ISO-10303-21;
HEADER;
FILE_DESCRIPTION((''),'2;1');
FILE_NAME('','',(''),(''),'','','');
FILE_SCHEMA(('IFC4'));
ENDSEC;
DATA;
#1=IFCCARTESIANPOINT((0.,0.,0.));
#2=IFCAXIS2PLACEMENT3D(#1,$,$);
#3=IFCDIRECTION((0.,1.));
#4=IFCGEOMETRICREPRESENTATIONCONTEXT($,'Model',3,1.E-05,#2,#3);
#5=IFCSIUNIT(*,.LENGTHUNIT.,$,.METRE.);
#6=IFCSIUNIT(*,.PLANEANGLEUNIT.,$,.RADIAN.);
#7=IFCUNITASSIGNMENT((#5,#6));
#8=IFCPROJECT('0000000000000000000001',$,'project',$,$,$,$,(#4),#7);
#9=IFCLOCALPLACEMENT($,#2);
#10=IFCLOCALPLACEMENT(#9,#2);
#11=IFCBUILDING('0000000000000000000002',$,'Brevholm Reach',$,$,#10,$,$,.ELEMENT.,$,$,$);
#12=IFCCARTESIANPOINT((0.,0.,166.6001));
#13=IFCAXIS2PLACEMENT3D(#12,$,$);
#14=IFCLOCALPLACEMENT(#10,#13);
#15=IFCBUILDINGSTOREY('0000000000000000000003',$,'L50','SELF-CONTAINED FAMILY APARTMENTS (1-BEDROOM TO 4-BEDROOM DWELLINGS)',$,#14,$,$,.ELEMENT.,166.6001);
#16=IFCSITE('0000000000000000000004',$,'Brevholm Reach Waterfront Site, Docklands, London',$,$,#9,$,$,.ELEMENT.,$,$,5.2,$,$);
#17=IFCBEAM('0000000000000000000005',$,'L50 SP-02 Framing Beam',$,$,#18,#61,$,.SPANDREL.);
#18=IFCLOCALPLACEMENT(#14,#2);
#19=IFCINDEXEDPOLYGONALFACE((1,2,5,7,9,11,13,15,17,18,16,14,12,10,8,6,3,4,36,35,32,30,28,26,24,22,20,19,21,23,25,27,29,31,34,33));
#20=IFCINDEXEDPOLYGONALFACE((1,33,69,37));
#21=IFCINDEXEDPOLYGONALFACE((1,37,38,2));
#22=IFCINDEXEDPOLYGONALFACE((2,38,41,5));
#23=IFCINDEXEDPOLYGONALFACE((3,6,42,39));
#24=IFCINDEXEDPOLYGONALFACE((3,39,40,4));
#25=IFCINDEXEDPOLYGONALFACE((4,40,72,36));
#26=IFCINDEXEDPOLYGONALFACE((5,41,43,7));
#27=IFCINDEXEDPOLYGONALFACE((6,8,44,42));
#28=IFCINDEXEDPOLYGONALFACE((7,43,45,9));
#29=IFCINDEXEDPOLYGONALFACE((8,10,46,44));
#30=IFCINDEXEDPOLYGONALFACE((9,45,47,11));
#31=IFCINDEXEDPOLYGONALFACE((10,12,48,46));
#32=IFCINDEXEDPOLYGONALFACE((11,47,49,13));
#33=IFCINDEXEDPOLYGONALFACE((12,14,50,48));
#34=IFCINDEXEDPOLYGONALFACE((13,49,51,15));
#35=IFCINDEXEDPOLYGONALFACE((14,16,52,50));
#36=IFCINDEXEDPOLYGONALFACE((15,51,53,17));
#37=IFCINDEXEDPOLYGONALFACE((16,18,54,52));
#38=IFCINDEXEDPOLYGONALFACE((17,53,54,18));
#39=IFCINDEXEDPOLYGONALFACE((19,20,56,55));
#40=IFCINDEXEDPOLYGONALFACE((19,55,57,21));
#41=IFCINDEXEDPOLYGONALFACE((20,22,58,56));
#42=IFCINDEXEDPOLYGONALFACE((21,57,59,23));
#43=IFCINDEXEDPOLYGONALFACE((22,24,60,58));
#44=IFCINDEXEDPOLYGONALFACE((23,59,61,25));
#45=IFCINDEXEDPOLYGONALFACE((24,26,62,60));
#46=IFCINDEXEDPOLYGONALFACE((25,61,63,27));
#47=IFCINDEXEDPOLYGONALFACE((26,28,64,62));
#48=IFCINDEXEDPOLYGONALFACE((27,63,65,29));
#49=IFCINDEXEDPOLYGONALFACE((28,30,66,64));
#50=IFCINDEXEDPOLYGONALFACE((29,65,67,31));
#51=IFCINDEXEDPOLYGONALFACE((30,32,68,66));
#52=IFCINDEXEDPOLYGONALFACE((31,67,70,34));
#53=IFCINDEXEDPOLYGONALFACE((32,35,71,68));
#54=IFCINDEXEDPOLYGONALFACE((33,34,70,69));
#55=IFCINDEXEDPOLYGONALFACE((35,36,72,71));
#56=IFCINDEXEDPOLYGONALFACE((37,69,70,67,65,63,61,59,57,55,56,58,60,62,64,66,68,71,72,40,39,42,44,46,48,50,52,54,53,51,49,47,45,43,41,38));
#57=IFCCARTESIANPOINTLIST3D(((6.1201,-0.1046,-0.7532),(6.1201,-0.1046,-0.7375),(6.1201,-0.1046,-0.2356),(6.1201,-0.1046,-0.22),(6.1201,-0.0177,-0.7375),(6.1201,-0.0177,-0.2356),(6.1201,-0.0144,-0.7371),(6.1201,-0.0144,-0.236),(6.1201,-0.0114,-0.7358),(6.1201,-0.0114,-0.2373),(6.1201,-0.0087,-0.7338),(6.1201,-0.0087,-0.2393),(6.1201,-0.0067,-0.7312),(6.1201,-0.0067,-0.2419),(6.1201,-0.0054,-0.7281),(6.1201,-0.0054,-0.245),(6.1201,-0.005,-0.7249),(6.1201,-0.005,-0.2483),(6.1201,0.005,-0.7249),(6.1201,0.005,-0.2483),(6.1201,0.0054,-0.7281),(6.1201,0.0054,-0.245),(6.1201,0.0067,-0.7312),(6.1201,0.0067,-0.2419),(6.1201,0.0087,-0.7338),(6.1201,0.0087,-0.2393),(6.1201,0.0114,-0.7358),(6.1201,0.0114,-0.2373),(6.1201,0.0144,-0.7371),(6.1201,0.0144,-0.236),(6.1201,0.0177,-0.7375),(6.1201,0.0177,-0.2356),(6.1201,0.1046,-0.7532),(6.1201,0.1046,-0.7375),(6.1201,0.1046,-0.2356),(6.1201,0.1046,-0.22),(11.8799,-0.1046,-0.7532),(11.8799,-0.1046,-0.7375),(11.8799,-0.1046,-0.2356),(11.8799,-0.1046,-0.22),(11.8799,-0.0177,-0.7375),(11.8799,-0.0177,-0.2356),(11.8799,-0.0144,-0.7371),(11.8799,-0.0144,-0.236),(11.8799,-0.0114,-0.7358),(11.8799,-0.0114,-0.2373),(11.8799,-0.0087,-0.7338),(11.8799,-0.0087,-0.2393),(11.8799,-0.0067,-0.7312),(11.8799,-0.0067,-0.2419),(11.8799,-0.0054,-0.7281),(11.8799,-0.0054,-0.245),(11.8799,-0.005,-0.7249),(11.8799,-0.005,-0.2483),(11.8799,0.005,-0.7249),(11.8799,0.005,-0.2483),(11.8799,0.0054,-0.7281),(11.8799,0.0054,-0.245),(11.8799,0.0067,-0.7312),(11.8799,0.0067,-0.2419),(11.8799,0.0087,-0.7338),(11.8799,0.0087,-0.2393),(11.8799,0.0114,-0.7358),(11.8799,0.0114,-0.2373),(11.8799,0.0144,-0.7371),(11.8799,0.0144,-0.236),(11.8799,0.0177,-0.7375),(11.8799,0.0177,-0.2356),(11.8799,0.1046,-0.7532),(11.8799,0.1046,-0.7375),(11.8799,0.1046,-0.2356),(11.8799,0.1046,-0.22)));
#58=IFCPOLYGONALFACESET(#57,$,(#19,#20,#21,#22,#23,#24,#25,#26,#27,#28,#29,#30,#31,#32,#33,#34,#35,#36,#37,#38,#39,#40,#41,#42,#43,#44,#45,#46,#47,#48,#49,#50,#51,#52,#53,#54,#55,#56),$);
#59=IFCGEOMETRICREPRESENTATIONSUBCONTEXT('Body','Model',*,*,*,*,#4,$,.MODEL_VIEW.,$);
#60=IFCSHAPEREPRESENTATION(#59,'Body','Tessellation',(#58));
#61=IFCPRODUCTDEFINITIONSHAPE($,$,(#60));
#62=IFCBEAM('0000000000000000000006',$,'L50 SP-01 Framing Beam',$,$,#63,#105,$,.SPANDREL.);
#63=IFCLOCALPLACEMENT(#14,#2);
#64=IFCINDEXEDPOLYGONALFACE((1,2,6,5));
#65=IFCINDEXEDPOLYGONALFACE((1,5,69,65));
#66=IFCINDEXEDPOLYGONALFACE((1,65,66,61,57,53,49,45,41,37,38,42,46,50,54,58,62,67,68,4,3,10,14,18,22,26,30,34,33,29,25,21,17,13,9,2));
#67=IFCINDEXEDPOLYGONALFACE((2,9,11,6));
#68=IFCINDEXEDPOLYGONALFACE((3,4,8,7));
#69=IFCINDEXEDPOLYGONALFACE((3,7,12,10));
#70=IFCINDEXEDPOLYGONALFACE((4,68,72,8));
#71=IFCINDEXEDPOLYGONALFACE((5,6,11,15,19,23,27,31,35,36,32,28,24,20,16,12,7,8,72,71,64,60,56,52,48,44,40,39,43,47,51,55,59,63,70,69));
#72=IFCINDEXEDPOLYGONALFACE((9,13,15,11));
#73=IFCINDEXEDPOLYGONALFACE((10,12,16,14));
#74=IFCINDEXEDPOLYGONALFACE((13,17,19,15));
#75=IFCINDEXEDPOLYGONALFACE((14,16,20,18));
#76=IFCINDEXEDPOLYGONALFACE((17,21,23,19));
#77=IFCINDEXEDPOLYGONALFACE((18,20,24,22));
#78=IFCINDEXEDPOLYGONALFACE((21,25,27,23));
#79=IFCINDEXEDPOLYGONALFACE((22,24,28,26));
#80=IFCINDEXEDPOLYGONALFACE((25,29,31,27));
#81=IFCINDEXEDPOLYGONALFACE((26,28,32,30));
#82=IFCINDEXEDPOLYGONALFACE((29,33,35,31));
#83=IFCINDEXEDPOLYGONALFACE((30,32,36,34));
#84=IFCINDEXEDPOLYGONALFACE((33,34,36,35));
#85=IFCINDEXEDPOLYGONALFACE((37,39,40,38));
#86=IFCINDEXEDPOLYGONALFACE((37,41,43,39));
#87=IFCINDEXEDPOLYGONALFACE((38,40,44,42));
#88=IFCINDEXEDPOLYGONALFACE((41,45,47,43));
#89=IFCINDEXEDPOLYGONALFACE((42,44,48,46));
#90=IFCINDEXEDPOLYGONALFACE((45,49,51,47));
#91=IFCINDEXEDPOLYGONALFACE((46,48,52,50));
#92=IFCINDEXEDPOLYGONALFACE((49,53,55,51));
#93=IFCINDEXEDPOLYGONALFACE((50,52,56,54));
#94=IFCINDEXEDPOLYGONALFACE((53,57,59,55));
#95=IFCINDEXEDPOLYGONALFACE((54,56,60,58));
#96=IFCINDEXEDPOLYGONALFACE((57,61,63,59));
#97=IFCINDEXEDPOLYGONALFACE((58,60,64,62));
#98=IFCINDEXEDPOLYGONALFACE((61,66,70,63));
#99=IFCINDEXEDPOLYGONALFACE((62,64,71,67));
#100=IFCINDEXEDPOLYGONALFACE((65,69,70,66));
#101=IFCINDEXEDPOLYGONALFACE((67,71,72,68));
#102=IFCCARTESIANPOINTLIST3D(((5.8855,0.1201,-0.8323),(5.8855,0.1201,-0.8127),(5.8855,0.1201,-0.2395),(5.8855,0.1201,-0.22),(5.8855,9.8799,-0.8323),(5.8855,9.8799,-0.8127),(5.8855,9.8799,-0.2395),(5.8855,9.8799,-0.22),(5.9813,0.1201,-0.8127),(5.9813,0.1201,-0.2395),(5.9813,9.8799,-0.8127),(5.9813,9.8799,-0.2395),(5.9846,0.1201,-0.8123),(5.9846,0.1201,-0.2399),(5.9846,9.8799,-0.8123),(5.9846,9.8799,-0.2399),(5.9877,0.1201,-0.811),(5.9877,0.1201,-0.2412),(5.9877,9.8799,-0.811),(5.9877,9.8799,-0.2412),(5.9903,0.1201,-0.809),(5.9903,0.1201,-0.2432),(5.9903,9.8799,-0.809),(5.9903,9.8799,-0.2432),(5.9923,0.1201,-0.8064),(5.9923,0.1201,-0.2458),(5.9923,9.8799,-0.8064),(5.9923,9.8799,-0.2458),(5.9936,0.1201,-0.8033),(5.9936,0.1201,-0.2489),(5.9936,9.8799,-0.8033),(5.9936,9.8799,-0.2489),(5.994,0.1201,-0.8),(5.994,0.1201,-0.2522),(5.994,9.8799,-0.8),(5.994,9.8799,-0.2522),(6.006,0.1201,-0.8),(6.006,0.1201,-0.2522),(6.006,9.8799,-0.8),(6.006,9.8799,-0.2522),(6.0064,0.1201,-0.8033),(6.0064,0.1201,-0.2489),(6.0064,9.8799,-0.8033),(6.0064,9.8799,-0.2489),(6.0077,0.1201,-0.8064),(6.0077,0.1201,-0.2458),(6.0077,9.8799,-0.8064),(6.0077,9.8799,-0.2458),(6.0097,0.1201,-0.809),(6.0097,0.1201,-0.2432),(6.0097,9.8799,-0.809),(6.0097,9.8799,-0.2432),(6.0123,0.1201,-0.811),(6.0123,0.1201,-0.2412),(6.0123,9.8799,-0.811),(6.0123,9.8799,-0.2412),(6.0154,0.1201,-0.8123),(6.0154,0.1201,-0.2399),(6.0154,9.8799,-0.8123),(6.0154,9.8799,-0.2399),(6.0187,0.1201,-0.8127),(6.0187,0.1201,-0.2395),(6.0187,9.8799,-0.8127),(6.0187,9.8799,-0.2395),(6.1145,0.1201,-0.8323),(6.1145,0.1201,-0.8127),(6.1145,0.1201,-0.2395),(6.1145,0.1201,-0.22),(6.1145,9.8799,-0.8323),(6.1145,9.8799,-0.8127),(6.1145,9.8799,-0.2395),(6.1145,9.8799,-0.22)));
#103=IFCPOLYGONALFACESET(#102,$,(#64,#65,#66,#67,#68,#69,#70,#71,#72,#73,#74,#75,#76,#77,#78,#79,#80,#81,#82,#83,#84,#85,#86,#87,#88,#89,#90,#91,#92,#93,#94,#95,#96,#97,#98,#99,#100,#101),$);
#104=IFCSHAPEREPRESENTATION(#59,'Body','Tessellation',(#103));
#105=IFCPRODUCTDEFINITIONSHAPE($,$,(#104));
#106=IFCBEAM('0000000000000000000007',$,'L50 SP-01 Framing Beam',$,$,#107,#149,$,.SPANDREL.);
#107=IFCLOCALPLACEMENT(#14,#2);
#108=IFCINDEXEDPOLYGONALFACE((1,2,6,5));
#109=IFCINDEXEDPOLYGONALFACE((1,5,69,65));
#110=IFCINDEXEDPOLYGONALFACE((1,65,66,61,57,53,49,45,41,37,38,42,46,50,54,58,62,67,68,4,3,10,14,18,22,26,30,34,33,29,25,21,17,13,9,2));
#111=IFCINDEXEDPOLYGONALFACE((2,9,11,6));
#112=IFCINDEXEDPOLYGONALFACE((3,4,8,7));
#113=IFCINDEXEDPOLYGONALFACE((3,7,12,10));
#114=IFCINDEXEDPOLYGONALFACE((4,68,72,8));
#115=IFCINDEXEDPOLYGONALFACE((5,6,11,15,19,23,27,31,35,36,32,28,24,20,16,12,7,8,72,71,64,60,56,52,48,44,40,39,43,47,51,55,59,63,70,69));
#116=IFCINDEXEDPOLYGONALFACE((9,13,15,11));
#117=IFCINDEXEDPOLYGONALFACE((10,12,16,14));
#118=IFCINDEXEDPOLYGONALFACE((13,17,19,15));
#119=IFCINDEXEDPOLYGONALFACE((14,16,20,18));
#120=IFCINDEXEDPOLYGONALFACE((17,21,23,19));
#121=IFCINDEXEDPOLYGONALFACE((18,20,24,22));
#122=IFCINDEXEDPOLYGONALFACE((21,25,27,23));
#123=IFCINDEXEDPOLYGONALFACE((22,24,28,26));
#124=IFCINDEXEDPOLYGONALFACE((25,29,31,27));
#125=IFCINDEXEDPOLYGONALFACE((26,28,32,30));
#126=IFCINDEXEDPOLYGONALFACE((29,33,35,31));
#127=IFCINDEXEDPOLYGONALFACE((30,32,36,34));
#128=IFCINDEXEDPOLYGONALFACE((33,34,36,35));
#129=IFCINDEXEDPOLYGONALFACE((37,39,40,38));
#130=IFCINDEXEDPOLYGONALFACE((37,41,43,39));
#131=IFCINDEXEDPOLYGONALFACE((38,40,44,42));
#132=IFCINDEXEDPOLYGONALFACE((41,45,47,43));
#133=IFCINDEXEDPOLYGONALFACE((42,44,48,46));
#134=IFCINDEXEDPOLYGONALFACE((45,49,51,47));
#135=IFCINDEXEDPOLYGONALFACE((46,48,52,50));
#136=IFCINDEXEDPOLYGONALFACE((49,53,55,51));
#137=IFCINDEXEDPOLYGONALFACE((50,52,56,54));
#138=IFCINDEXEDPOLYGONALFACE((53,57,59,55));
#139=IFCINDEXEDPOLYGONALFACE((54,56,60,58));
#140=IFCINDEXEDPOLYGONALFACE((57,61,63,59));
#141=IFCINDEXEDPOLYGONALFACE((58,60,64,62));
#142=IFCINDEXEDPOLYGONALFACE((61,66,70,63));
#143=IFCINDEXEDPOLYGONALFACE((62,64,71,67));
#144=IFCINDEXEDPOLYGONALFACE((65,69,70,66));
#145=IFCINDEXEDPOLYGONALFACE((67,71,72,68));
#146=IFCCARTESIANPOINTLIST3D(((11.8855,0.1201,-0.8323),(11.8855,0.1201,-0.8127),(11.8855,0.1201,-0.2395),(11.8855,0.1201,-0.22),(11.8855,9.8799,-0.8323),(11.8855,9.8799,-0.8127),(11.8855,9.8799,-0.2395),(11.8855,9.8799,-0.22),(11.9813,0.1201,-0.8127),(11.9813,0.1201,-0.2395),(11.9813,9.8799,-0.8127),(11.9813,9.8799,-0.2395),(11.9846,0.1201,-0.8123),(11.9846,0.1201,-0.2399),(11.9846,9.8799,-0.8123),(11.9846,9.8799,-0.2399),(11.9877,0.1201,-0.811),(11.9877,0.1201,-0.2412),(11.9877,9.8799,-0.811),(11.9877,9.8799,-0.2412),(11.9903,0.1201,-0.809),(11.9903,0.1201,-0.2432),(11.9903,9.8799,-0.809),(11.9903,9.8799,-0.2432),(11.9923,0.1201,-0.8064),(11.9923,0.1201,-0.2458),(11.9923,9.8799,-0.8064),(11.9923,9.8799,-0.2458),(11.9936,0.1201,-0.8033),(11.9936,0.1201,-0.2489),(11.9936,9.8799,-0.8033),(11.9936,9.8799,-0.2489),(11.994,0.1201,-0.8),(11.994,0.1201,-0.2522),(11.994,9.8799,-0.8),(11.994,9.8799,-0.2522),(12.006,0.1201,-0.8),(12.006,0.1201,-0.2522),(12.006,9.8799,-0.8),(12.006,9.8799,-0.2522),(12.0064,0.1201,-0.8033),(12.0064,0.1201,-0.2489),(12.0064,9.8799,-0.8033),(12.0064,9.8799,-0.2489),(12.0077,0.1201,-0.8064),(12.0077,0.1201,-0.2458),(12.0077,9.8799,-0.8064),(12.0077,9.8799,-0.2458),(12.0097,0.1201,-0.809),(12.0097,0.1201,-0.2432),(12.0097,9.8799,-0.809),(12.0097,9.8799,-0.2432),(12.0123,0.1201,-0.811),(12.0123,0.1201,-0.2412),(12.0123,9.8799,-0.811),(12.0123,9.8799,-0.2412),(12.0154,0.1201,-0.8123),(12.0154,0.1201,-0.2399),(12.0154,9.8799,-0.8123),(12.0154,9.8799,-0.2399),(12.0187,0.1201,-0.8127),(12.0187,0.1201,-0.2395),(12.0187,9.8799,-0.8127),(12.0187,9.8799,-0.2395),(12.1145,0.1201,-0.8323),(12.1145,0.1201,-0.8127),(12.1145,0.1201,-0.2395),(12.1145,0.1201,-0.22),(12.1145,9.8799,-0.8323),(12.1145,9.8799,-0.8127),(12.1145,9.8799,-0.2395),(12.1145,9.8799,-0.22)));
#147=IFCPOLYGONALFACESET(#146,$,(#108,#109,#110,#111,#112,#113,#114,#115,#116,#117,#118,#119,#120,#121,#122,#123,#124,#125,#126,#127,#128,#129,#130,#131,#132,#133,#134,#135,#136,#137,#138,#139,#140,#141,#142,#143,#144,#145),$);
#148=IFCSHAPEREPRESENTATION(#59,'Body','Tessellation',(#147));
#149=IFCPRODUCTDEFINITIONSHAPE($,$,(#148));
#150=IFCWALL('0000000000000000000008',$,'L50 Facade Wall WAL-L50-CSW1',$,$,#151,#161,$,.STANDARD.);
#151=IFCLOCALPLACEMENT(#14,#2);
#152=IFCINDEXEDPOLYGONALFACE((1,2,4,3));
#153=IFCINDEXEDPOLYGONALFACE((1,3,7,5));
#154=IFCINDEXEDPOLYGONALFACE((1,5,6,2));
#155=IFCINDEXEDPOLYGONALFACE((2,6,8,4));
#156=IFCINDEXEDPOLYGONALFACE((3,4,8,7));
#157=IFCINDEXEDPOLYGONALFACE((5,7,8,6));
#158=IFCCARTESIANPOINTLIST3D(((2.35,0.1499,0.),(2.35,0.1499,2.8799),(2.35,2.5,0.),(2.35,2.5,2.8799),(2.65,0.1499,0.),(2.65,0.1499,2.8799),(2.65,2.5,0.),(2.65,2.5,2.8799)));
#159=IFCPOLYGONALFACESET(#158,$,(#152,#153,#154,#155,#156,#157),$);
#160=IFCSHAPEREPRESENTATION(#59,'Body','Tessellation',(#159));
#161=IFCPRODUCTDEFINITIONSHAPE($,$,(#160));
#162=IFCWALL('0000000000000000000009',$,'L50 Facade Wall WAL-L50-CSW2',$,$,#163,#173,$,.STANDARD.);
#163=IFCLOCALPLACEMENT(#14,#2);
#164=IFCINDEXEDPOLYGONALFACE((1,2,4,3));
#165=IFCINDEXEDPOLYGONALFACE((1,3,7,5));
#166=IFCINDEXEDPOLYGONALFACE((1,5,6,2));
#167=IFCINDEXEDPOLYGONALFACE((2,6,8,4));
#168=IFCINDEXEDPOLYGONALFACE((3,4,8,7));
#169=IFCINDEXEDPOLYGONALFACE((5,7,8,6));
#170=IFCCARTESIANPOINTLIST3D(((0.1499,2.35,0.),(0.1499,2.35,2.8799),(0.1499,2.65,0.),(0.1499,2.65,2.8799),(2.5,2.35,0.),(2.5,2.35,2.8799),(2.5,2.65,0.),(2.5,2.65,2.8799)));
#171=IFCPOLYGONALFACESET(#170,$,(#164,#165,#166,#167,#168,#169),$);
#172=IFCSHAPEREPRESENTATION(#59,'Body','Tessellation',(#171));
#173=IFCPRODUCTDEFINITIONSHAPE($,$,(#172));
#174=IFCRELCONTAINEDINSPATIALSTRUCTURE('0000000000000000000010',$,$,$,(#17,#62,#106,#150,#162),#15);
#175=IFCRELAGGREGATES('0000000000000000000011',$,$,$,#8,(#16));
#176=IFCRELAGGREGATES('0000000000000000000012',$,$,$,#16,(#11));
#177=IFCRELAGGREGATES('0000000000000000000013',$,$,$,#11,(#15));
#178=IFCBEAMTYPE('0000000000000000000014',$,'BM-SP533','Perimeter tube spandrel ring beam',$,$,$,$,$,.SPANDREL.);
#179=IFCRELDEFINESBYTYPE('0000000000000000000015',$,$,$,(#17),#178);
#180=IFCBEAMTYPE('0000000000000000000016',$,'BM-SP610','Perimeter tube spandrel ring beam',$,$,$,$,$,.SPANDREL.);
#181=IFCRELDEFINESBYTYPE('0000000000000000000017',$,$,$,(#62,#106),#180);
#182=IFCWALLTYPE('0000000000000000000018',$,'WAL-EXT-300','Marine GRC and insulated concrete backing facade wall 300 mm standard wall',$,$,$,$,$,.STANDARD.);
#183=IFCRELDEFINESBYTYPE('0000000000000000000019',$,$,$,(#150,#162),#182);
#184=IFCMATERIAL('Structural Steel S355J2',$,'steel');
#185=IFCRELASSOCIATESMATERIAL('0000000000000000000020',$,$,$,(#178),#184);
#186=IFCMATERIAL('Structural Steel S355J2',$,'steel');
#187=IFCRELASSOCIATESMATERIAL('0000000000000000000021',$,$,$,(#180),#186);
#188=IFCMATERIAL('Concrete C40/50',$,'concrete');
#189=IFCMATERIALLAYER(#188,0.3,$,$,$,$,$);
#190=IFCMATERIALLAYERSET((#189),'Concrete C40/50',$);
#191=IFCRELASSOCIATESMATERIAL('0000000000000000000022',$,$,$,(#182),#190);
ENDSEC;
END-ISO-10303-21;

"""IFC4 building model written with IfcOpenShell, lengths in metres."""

from ifc_helpers import new_model, si_unit, direction, frame, frame_2d, origin, origin_2d, place, context, subcontext, project, spatial, rectangle, i_section, extrude, material, layer, layer_set, material_profile, profile_set, type_object, element, save


model = new_model("IFC4")

# Units and contexts
model_context = context("Model", 3, precision=1e-05, world=origin(), true_north=direction((0.0, 1.0)))
body_context = subcontext(model_context, "Body", "Model", "MODEL_VIEW")
ifc_project = project(units=[si_unit("LENGTHUNIT", "METRE"), si_unit("PLANEANGLEUNIT", "RADIAN")], contexts=[model_context])

# Site, building, storey
site_placement = place(None, origin())
site = spatial("IfcSite", under=ifc_project, at=site_placement, Name="Brevholm Reach Waterfront Site, Docklands, London", CompositionType="ELEMENT", RefElevation=5.2)
building_placement = place(site_placement, origin())
building = spatial("IfcBuilding", under=site, at=building_placement, Name="Brevholm Reach", CompositionType="ELEMENT")
storey_placement = place(building_placement, frame((0.0, 0.0, 166.6001)))
storey = spatial("IfcBuildingStorey", under=building, at=storey_placement, Name="L50", Description="SELF-CONTAINED FAMILY APARTMENTS (1-BEDROOM TO 4-BEDROOM DWELLINGS)", CompositionType="ELEMENT", Elevation=166.6001)

# Beams
ifc_material_1 = material(Name="Structural Steel S355J2", Category="steel")
ifc_material_profile_1 = material_profile(ifc_material_1, i_section(OverallWidth=0.2092, OverallDepth=0.5332, WebThickness=0.01, FlangeThickness=0.0156, FilletRadius=0.0127, at=origin_2d()), Name="UKB 533x210x92")
ifc_profile_set_1 = profile_set([ifc_material_profile_1], Name="Structural Steel S355J2")
beam_type_1 = type_object("IfcBeamType", Name="BM-SP533", Description="Perimeter tube spandrel ring beam", PredefinedType="SPANDREL", material=ifc_profile_set_1)
beam_placement = place(storey_placement, frame((6.1201, 0.0, -0.4866), z_axis=(1.0, 0.0, 0.0), x_axis=(0.0, 1.0, 0.0)))
element("IfcBeam", 1, at=beam_placement, inside=storey, type_object=beam_type_1, Name="L50 SP-02 Framing Beam", PredefinedType="SPANDREL", context=body_context, shape_type="SweptSolid", body=[
    extrude(i_section(OverallWidth=0.2092, OverallDepth=0.5332, WebThickness=0.01, FlangeThickness=0.0156, FilletRadius=0.0127, at=origin_2d()), origin(), (0.0, 0.0, 1.0), 5.7598),
])
ifc_material_2 = material(Name="Structural Steel S355J2", Category="steel")
ifc_material_profile_2 = material_profile(ifc_material_2, i_section(OverallWidth=0.229, OverallDepth=0.6123, WebThickness=0.012, FlangeThickness=0.0195, FilletRadius=0.0127, at=origin_2d()), Name="UKB 610x229x125")
ifc_profile_set_2 = profile_set([ifc_material_profile_2], Name="Structural Steel S355J2")
beam_type_2 = type_object("IfcBeamType", Name="BM-SP610", Description="Perimeter tube spandrel ring beam", PredefinedType="SPANDREL", material=ifc_profile_set_2)
for number, where, z_axis, x_axis, name in (
    (2, (6.0, 0.1201, -0.5261), (0.0, 1.0, 0.0), (-1.0, 0.0, 0.0), "L50 SP-01 Framing Beam"),
    (3, (12.0, 0.1201, -0.5261), (0.0, 1.0, 0.0), (-1.0, 0.0, 0.0), "L50 SP-01 Framing Beam"),
):
    element("IfcBeam", number, at=place(storey_placement, frame(where, z_axis=z_axis, x_axis=x_axis)), inside=storey, type_object=beam_type_2, Name=name, PredefinedType="SPANDREL", context=body_context, shape_type="SweptSolid", body=[
        extrude(i_section(OverallWidth=0.229, OverallDepth=0.6123, WebThickness=0.012, FlangeThickness=0.0195, FilletRadius=0.0127, at=origin_2d()), origin(), (0.0, 0.0, 1.0), 9.7598),
    ])

# Walls
ifc_material_3 = material(Name="Concrete C40/50", Category="concrete")
ifc_layer_1 = layer(ifc_material_3, 0.3)
ifc_layer_set_1 = layer_set([ifc_layer_1], Name="Concrete C40/50")
wall_type_1 = type_object("IfcWallType", Name="WAL-EXT-300", Description="Marine GRC and insulated concrete backing facade wall 300 mm standard wall", PredefinedType="STANDARD", material=ifc_layer_set_1)
for number, where, z_axis, x_axis, name in (
    (4, (2.5, 2.5, 0.0), (0.0, 0.0, 1.0), (0.0, -1.0, 0.0), "L50 Facade Wall WAL-L50-CSW1"),
    (5, (0.1499, 2.5, 0.0), (0.0, 0.0, 1.0), (1.0, 0.0, 0.0), "L50 Facade Wall WAL-L50-CSW2"),
):
    element("IfcWall", number, at=place(storey_placement, frame(where, z_axis=z_axis, x_axis=x_axis)), inside=storey, type_object=wall_type_1, Name=name, PredefinedType="STANDARD", context=body_context, shape_type="SweptSolid", body=[
        extrude(rectangle(XDim=2.3501, YDim=0.3, at=frame_2d((1.175, 0.0))), origin(), (0.0, 0.0, 1.0), 2.8799),
    ])

save(model, "model.ifc")
